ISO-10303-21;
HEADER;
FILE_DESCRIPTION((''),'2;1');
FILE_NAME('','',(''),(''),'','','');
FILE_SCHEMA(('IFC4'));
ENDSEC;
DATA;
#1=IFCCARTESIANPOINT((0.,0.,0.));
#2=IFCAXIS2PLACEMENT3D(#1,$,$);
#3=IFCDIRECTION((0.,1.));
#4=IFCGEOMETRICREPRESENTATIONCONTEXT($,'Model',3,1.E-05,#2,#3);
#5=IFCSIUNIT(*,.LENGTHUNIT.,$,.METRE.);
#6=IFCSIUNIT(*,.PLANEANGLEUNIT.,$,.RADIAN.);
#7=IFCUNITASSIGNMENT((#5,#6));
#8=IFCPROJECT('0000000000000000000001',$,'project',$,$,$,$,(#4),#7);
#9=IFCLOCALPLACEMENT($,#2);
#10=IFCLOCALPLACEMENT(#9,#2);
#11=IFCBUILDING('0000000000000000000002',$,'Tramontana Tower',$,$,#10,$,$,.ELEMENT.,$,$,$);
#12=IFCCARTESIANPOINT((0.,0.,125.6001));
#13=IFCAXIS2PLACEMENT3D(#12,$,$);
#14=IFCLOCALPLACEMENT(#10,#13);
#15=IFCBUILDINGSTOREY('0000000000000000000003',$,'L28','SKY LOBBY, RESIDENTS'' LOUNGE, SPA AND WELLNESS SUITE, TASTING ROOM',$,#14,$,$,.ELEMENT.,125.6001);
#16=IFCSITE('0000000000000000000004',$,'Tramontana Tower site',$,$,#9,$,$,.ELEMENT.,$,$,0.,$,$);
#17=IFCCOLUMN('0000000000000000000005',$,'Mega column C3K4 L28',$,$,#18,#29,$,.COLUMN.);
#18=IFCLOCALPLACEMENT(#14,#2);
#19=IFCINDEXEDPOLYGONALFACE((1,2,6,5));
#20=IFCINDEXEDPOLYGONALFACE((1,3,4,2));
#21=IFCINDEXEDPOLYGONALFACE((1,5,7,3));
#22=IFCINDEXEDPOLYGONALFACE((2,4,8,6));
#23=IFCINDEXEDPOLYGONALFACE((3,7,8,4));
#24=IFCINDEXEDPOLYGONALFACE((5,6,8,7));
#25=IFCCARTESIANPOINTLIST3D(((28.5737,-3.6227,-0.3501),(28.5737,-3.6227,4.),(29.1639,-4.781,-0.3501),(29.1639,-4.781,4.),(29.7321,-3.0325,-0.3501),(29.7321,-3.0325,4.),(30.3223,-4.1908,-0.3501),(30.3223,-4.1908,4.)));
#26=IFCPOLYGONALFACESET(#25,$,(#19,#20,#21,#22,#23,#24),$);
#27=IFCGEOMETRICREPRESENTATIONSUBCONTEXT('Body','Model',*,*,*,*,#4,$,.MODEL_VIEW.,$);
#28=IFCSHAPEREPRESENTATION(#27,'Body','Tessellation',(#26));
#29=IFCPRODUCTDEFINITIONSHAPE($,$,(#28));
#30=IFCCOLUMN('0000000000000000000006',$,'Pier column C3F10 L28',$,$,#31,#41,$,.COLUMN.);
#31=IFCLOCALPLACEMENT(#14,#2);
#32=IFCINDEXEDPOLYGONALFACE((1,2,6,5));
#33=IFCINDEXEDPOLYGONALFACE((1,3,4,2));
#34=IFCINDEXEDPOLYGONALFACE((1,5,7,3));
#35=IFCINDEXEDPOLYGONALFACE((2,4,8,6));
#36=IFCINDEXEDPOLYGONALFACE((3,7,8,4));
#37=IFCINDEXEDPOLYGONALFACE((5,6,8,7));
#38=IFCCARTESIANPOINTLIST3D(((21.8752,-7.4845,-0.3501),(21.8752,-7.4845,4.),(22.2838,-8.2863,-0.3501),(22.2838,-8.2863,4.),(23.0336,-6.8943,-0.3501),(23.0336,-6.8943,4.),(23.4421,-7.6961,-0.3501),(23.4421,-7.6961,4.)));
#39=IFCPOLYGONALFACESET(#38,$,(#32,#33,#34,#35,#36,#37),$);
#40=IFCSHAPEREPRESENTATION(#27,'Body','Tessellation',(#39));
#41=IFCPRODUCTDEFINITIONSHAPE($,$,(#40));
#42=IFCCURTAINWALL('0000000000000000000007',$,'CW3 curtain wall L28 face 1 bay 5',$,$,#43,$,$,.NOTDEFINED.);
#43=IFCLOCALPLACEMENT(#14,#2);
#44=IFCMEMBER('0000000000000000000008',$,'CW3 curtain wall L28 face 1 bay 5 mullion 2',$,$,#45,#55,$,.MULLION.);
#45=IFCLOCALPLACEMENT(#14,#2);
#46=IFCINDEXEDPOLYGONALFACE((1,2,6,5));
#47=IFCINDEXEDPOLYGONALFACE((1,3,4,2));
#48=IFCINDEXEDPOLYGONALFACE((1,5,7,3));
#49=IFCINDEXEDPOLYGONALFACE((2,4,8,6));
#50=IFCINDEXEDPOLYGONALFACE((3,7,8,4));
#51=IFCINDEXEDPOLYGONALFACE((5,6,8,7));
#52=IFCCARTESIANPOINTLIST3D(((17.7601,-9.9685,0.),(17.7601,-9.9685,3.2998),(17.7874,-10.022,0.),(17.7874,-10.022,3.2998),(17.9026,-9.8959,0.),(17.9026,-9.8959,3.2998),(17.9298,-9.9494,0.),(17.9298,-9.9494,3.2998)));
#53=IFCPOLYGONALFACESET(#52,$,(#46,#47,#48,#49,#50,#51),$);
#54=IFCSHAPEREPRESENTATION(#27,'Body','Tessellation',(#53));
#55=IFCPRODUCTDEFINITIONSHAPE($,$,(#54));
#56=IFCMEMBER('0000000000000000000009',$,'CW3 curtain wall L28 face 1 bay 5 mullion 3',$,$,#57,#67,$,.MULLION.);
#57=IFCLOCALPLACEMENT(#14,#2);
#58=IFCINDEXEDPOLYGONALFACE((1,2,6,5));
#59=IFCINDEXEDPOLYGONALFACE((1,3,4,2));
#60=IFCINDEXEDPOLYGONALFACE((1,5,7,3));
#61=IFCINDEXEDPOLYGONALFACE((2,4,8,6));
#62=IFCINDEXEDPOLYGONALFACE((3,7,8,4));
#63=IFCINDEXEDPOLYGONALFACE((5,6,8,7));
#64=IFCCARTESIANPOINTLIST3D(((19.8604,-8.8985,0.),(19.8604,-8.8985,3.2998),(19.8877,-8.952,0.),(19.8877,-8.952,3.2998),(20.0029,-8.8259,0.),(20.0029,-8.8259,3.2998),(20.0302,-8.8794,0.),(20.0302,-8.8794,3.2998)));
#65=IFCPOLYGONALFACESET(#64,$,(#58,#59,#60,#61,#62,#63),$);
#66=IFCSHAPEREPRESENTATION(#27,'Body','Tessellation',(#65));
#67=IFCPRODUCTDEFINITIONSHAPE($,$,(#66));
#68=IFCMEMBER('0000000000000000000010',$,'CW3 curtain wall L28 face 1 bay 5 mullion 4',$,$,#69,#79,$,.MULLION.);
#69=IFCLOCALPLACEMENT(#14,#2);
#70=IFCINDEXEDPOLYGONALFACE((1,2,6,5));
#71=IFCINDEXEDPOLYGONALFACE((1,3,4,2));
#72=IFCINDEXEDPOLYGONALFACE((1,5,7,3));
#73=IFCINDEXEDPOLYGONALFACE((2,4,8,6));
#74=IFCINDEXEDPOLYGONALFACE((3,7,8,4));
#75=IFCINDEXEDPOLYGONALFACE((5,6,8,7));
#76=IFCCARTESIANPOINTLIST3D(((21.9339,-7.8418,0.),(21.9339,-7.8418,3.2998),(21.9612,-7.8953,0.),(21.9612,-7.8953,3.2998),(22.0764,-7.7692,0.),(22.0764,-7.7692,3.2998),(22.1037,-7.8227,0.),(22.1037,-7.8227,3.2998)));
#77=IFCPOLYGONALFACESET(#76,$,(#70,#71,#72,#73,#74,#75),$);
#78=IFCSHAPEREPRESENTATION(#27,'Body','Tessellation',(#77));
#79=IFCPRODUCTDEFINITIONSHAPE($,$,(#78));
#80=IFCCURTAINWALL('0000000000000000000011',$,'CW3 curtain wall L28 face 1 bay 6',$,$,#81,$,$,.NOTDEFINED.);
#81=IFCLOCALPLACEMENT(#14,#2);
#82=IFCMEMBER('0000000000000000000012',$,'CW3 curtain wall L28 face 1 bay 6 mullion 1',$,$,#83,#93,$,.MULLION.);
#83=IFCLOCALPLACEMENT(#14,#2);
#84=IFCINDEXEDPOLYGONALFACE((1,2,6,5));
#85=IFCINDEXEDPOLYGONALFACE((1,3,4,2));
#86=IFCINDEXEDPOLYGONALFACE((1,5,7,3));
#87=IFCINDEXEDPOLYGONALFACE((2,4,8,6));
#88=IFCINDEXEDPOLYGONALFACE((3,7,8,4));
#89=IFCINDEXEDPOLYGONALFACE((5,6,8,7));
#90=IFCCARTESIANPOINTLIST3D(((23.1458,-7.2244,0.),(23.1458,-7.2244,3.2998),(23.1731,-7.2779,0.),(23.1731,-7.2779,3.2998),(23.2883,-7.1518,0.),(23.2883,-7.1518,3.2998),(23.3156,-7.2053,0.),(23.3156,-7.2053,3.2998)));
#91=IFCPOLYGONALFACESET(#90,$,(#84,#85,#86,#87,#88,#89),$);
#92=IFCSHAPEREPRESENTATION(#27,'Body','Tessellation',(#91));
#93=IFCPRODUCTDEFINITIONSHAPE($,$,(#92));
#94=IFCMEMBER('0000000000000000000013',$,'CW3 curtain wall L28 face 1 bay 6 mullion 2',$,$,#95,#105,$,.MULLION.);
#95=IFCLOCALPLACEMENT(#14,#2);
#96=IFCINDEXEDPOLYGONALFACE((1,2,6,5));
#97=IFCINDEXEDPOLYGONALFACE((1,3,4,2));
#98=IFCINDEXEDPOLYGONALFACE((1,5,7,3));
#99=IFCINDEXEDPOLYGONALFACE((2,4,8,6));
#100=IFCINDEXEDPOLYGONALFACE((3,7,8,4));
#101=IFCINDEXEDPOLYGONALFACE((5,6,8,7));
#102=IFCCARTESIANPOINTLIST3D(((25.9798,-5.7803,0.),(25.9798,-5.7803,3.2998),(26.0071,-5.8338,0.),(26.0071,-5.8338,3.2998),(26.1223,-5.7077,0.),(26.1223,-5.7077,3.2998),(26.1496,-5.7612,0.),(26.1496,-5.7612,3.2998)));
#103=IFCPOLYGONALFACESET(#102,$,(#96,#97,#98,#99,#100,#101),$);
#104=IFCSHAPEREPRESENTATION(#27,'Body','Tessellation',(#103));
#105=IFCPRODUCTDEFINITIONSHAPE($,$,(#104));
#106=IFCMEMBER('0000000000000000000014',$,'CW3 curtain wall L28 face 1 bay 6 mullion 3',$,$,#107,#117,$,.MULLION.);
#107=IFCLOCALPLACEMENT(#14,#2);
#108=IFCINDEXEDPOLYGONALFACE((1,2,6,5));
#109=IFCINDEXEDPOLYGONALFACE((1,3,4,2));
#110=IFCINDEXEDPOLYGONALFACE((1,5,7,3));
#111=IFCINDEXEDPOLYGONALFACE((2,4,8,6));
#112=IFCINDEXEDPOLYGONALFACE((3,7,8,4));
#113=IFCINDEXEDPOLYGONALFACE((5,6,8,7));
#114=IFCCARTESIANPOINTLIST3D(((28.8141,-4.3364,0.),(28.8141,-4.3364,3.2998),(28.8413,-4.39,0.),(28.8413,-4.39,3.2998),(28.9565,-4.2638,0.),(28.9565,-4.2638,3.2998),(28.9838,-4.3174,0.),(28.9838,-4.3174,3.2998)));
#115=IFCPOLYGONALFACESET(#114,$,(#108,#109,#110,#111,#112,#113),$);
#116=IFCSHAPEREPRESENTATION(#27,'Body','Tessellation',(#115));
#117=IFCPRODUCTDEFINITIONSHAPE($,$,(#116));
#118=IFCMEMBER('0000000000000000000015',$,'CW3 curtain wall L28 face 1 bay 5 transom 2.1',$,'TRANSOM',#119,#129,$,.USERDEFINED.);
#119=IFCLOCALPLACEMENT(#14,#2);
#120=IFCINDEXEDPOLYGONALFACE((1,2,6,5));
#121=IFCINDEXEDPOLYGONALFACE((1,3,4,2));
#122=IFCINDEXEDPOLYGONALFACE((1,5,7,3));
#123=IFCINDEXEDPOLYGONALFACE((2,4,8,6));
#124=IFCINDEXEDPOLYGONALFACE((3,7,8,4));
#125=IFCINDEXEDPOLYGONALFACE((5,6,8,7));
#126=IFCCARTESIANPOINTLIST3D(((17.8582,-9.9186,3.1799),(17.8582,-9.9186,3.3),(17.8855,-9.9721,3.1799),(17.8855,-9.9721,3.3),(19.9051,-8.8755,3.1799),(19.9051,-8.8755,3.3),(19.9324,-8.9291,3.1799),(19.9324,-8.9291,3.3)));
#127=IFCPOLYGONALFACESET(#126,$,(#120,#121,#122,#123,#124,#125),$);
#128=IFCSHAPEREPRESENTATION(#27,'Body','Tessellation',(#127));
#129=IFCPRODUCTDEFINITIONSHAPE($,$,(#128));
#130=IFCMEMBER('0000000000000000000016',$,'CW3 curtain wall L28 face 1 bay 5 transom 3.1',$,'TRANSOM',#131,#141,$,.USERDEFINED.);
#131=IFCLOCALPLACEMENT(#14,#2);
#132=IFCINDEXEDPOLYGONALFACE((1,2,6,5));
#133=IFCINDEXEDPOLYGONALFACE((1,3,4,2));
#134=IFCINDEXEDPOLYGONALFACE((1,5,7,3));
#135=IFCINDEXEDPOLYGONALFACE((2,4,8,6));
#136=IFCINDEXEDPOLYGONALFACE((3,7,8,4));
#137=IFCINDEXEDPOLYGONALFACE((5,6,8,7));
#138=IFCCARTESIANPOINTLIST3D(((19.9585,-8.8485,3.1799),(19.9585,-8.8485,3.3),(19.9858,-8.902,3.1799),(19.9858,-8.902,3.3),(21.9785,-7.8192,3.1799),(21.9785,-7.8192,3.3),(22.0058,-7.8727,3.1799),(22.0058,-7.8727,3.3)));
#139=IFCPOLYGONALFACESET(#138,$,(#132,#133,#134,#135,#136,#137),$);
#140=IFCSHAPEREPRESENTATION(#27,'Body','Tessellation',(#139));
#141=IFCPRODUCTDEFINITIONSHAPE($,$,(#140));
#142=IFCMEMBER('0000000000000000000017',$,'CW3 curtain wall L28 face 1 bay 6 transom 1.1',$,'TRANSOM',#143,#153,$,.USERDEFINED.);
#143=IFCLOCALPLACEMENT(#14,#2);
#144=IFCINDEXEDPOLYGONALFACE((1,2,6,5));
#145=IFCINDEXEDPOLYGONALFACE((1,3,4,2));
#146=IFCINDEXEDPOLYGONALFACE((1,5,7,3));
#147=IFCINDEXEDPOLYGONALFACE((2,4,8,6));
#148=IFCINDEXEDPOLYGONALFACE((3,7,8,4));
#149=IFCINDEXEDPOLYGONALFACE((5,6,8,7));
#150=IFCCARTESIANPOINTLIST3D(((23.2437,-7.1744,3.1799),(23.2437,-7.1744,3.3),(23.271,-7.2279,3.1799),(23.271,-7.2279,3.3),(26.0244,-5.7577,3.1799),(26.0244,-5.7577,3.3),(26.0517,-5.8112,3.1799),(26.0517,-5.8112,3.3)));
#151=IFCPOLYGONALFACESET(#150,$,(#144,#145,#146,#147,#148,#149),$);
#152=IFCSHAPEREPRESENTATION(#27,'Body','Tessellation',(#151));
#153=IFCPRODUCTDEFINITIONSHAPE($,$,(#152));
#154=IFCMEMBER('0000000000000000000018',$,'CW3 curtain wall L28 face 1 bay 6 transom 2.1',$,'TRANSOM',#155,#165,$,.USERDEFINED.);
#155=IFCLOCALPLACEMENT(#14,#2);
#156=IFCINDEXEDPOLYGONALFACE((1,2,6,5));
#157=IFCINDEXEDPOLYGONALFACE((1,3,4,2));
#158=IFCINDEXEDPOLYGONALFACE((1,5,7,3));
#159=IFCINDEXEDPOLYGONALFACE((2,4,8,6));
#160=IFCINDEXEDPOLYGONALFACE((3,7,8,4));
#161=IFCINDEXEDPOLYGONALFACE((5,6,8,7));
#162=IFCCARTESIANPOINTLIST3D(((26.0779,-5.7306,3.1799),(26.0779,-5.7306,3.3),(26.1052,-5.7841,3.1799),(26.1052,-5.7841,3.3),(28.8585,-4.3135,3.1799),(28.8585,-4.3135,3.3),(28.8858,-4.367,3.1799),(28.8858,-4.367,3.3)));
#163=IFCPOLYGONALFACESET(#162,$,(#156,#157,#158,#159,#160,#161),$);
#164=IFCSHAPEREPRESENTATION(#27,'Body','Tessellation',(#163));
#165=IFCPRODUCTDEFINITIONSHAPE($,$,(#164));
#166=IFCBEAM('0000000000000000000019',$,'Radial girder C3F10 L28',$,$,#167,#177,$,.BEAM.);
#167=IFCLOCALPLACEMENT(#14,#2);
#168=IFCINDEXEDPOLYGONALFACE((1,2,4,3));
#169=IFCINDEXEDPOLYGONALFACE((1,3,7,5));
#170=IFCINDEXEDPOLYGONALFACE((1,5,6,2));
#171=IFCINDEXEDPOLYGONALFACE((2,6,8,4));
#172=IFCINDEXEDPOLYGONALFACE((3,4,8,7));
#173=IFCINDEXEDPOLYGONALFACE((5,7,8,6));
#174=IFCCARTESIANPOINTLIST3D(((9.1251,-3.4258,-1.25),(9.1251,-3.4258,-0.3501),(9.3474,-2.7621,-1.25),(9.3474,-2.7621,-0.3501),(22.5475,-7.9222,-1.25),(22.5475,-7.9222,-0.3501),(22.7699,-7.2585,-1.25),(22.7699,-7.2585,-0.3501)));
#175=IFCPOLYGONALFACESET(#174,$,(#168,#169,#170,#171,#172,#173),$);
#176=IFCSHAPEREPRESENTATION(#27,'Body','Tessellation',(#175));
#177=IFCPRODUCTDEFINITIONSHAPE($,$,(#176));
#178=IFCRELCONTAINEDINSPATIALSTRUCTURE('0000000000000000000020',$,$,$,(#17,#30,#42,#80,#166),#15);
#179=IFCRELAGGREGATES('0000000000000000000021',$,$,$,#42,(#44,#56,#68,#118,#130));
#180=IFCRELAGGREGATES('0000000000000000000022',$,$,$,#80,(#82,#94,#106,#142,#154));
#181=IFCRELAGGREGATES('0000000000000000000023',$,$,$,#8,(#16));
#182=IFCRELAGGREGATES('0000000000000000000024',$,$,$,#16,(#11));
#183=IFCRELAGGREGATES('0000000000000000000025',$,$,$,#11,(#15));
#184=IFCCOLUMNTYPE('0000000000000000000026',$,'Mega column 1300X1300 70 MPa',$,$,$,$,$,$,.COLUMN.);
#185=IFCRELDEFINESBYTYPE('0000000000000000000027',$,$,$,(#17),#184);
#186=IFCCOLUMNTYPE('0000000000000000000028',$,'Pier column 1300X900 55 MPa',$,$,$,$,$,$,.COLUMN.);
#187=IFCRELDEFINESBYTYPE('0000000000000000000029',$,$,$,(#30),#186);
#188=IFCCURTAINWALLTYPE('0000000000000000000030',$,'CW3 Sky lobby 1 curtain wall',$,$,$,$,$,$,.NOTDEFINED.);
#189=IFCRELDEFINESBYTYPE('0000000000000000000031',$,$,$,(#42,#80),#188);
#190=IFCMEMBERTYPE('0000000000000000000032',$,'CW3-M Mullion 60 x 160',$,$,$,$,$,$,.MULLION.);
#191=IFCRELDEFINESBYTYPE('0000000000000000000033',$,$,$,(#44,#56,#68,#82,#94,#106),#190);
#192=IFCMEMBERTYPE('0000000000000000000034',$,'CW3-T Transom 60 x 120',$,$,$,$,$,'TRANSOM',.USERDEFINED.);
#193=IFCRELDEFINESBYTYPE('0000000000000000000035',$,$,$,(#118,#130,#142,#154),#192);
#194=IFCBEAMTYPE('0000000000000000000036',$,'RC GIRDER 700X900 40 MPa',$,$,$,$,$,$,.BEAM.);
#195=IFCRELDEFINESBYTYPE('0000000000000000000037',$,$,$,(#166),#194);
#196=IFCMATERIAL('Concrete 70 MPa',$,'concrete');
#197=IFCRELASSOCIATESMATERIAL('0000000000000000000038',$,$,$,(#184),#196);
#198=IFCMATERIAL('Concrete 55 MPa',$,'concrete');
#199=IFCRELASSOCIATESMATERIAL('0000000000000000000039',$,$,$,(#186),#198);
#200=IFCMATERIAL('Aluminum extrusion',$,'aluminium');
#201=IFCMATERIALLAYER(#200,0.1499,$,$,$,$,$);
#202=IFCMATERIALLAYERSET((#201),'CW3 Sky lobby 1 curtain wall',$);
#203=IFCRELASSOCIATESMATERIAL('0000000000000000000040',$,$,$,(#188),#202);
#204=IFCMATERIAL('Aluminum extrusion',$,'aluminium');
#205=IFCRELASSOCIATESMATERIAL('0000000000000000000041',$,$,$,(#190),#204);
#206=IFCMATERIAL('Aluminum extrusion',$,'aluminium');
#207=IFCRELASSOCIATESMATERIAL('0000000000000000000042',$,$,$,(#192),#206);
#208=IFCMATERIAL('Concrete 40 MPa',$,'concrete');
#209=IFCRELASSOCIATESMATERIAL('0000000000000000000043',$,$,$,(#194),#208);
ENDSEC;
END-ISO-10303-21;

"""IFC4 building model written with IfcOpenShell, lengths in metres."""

from ifc_helpers import new_model, si_unit, direction, frame, origin, origin_2d, place, context, subcontext, project, spatial, rectangle, extrude, material, layer, layer_set, material_profile, profile_set, type_object, element, aggregate, save


model = new_model("IFC4")

# Units and contexts
model_context = context("Model", 3, precision=1e-05, world=origin(), true_north=direction((0.0, 1.0)))
body_context = subcontext(model_context, "Body", "Model", "MODEL_VIEW")
ifc_project = project(units=[si_unit("LENGTHUNIT", "METRE"), si_unit("PLANEANGLEUNIT", "RADIAN")], contexts=[model_context])

# Site, building, storey
site_placement = place(None, origin())
site = spatial("IfcSite", under=ifc_project, at=site_placement, Name="Tramontana Tower site", CompositionType="ELEMENT", RefElevation=0.0)
building_placement = place(site_placement, origin())
building = spatial("IfcBuilding", under=site, at=building_placement, Name="Tramontana Tower", CompositionType="ELEMENT")
storey_placement = place(building_placement, frame((0.0, 0.0, 125.6001)))
storey = spatial("IfcBuildingStorey", under=building, at=storey_placement, Name="L28", Description="SKY LOBBY, RESIDENTS' LOUNGE, SPA AND WELLNESS SUITE, TASTING ROOM", CompositionType="ELEMENT", Elevation=125.6001)

# Columns
ifc_material_1 = material(Name="Concrete 70 MPa", Category="concrete")
ifc_material_profile_1 = material_profile(ifc_material_1, rectangle(XDim=1.3, YDim=1.3, at=origin_2d()), Name="Mega column 1300X1300 70 MPa")
ifc_profile_set_1 = profile_set([ifc_material_profile_1], Name="Concrete 70 MPa")
column_type_1 = type_object("IfcColumnType", Name="Mega column 1300X1300 70 MPa", PredefinedType="COLUMN", material=ifc_profile_set_1)
column_1_placement = place(storey_placement, frame((29.448, -3.9067, -0.3501), z_axis=(0.0, 0.0, 1.0), x_axis=(0.891007, 0.45399, 0.0)))
element("IfcColumn", 1, at=column_1_placement, inside=storey, type_object=column_type_1, Name="Mega column C3K4 L28", PredefinedType="COLUMN", context=body_context, shape_type="SweptSolid", body=[
    extrude(rectangle(XDim=1.3, YDim=1.3, at=origin_2d()), origin(), (0.0, 0.0, 1.0), 4.3501),
])
ifc_material_2 = material(Name="Concrete 55 MPa", Category="concrete")
ifc_material_profile_2 = material_profile(ifc_material_2, rectangle(XDim=1.3, YDim=0.8999, at=origin_2d()), Name="Pier column 1300X900 55 MPa")
ifc_profile_set_2 = profile_set([ifc_material_profile_2], Name="Concrete 55 MPa")
column_type_2 = type_object("IfcColumnType", Name="Pier column 1300X900 55 MPa", PredefinedType="COLUMN", material=ifc_profile_set_2)
column_2_placement = place(storey_placement, frame((22.6587, -7.5903, -0.3501), z_axis=(0.0, 0.0, 1.0), x_axis=(0.891007, 0.45399, 0.0)))
element("IfcColumn", 2, at=column_2_placement, inside=storey, type_object=column_type_2, Name="Pier column C3F10 L28", PredefinedType="COLUMN", context=body_context, shape_type="SweptSolid", body=[
    extrude(rectangle(XDim=1.3, YDim=0.8999, at=origin_2d()), origin(), (0.0, 0.0, 1.0), 4.3501),
])

# Curtain walls, members
ifc_material_3 = material(Name="Aluminum extrusion", Category="aluminium")
ifc_layer_1 = layer(ifc_material_3, 0.1499)
ifc_layer_set_1 = layer_set([ifc_layer_1], Name="CW3 Sky lobby 1 curtain wall")
curtain_wall_type = type_object("IfcCurtainWallType", Name="CW3 Sky lobby 1 curtain wall", PredefinedType="NOTDEFINED", material=ifc_layer_set_1)
curtain_wall_1_placement = place(storey_placement, origin())
curtain_wall_1 = element("IfcCurtainWall", 3, at=curtain_wall_1_placement, inside=storey, type_object=curtain_wall_type, Name="CW3 curtain wall L28 face 1 bay 5", PredefinedType="NOTDEFINED")
ifc_material_4 = material(Name="Aluminum extrusion", Category="aluminium")
ifc_material_profile_3 = material_profile(ifc_material_4, rectangle(XDim=0.0601, YDim=0.1599, at=origin_2d()), Name="CW3-M Mullion 60 x 160")
ifc_profile_set_3 = profile_set([ifc_material_profile_3], Name="Aluminum extrusion")
member_type_1 = type_object("IfcMemberType", Name="CW3-M Mullion 60 x 160", PredefinedType="MULLION", material=ifc_profile_set_3)
member_1_placement = place(storey_placement, frame((17.845, -9.959, 0.0), z_axis=(0.0, 0.0, 1.0), x_axis=(-0.45399, 0.891007, 0.0)))
member_1 = element("IfcMember", 4, at=member_1_placement, type_object=member_type_1, Name="CW3 curtain wall L28 face 1 bay 5 mullion 2", PredefinedType="MULLION", context=body_context, shape_type="SweptSolid", body=[
    extrude(rectangle(XDim=0.0601, YDim=0.1599, at=origin_2d()), origin(), (0.0, 0.0, 1.0), 3.2998),
])
member_2_placement = place(storey_placement, frame((19.9453, -8.8889, 0.0), z_axis=(0.0, 0.0, 1.0), x_axis=(-0.45399, 0.891007, 0.0)))
member_2 = element("IfcMember", 5, at=member_2_placement, type_object=member_type_1, Name="CW3 curtain wall L28 face 1 bay 5 mullion 3", PredefinedType="MULLION", context=body_context, shape_type="SweptSolid", body=[
    extrude(rectangle(XDim=0.0601, YDim=0.1599, at=origin_2d()), origin(), (0.0, 0.0, 1.0), 3.2998),
])
member_3_placement = place(storey_placement, frame((22.0188, -7.8323, 0.0), z_axis=(0.0, 0.0, 1.0), x_axis=(-0.45399, 0.891007, 0.0)))
member_3 = element("IfcMember", 6, at=member_3_placement, type_object=member_type_1, Name="CW3 curtain wall L28 face 1 bay 5 mullion 4", PredefinedType="MULLION", context=body_context, shape_type="SweptSolid", body=[
    extrude(rectangle(XDim=0.0601, YDim=0.1599, at=origin_2d()), origin(), (0.0, 0.0, 1.0), 3.2998),
])
curtain_wall_2_placement = place(storey_placement, origin())
curtain_wall_2 = element("IfcCurtainWall", 7, at=curtain_wall_2_placement, inside=storey, type_object=curtain_wall_type, Name="CW3 curtain wall L28 face 1 bay 6", PredefinedType="NOTDEFINED")
member_4_placement = place(storey_placement, frame((23.2307, -7.2148, 0.0), z_axis=(0.0, 0.0, 1.0), x_axis=(-0.45399, 0.891007, 0.0)))
member_4 = element("IfcMember", 8, at=member_4_placement, type_object=member_type_1, Name="CW3 curtain wall L28 face 1 bay 6 mullion 1", PredefinedType="MULLION", context=body_context, shape_type="SweptSolid", body=[
    extrude(rectangle(XDim=0.0601, YDim=0.1599, at=origin_2d()), origin(), (0.0, 0.0, 1.0), 3.2998),
])
member_5_placement = place(storey_placement, frame((26.0647, -5.7708, 0.0), z_axis=(0.0, 0.0, 1.0), x_axis=(-0.45399, 0.891007, 0.0)))
member_5 = element("IfcMember", 9, at=member_5_placement, type_object=member_type_1, Name="CW3 curtain wall L28 face 1 bay 6 mullion 2", PredefinedType="MULLION", context=body_context, shape_type="SweptSolid", body=[
    extrude(rectangle(XDim=0.0601, YDim=0.1599, at=origin_2d()), origin(), (0.0, 0.0, 1.0), 3.2998),
])
member_6_placement = place(storey_placement, frame((28.8989, -4.3269, 0.0), z_axis=(0.0, 0.0, 1.0), x_axis=(-0.45399, 0.891007, 0.0)))
member_6 = element("IfcMember", 10, at=member_6_placement, type_object=member_type_1, Name="CW3 curtain wall L28 face 1 bay 6 mullion 3", PredefinedType="MULLION", context=body_context, shape_type="SweptSolid", body=[
    extrude(rectangle(XDim=0.0601, YDim=0.1599, at=origin_2d()), origin(), (0.0, 0.0, 1.0), 3.2998),
])

# Members
ifc_material_5 = material(Name="Aluminum extrusion", Category="aluminium")
ifc_material_profile_4 = material_profile(ifc_material_5, rectangle(XDim=0.0601, YDim=0.1201, at=origin_2d()), Name="CW3-T Transom 60 x 120")
ifc_profile_set_4 = profile_set([ifc_material_profile_4], Name="Aluminum extrusion")
member_type_2 = type_object("IfcMemberType", Name="CW3-T Transom 60 x 120", ElementType="TRANSOM", PredefinedType="USERDEFINED", material=ifc_profile_set_4)
member_7_placement = place(storey_placement, frame((17.8718, -9.9453, 3.24), z_axis=(0.891001, 0.454002, 0.0), x_axis=(-0.454002, 0.891001, 0.0)))
member_7 = element("IfcMember", 11, at=member_7_placement, type_object=member_type_2, Name="CW3 curtain wall L28 face 1 bay 5 transom 2.1", ObjectType="TRANSOM", PredefinedType="USERDEFINED", context=body_context, shape_type="SweptSolid", body=[
    extrude(rectangle(XDim=0.0601, YDim=0.1201, at=origin_2d()), origin(), (0.0, 0.0, 1.0), 2.2974),
])
member_8_placement = place(storey_placement, frame((19.9722, -8.8752, 3.24), z_axis=(0.890998, 0.454006, 0.0), x_axis=(-0.454006, 0.890998, 0.0)))
member_8 = element("IfcMember", 12, at=member_8_placement, type_object=member_type_2, Name="CW3 curtain wall L28 face 1 bay 5 transom 3.1", ObjectType="TRANSOM", PredefinedType="USERDEFINED", context=body_context, shape_type="SweptSolid", body=[
    extrude(rectangle(XDim=0.0601, YDim=0.1201, at=origin_2d()), origin(), (0.0, 0.0, 1.0), 2.2671),
])
member_9_placement = place(storey_placement, frame((23.2573, -7.2012, 3.24), z_axis=(0.891022, 0.45396, 0.0), x_axis=(-0.45396, 0.891022, 0.0)))
member_9 = element("IfcMember", 13, at=member_9_placement, type_object=member_type_2, Name="CW3 curtain wall L28 face 1 bay 6 transom 1.1", ObjectType="TRANSOM", PredefinedType="USERDEFINED", context=body_context, shape_type="SweptSolid", body=[
    extrude(rectangle(XDim=0.0601, YDim=0.1201, at=origin_2d()), origin(), (0.0, 0.0, 1.0), 3.1208),
])
member_10_placement = place(storey_placement, frame((26.0916, -5.7573, 3.24), z_axis=(0.890974, 0.454054, 0.0), x_axis=(-0.454054, 0.890974, 0.0)))
member_10 = element("IfcMember", 14, at=member_10_placement, type_object=member_type_2, Name="CW3 curtain wall L28 face 1 bay 6 transom 2.1", ObjectType="TRANSOM", PredefinedType="USERDEFINED", context=body_context, shape_type="SweptSolid", body=[
    extrude(rectangle(XDim=0.0601, YDim=0.1201, at=origin_2d()), origin(), (0.0, 0.0, 1.0), 3.1208),
])

# Beam
ifc_material_6 = material(Name="Concrete 40 MPa", Category="concrete")
ifc_material_profile_5 = material_profile(ifc_material_6, rectangle(XDim=0.7, YDim=0.8999, at=origin_2d()), Name="RC GIRDER 700X900 40 MPa")
ifc_profile_set_5 = profile_set([ifc_material_profile_5], Name="Concrete 40 MPa")
beam_type_1 = type_object("IfcBeamType", Name="RC GIRDER 700X900 40 MPa", PredefinedType="BEAM", material=ifc_profile_set_5)
beam_1_placement = place(storey_placement, frame((22.6587, -7.5903, -0.8), z_axis=(-0.948211, 0.31764, 0.0), x_axis=(-0.31764, -0.948211, 0.0)))
element("IfcBeam", 15, at=beam_1_placement, inside=storey, type_object=beam_type_1, Name="Radial girder C3F10 L28", PredefinedType="BEAM", context=body_context, shape_type="SweptSolid", body=[
    extrude(rectangle(XDim=0.7, YDim=0.8999, at=origin_2d()), origin(), (0.0, 0.0, 1.0), 14.1555),
])

aggregate(curtain_wall_1, [member_1, member_2, member_3, member_7, member_8])
aggregate(curtain_wall_2, [member_4, member_5, member_6, member_9, member_10])

save(model, "model.ifc")
